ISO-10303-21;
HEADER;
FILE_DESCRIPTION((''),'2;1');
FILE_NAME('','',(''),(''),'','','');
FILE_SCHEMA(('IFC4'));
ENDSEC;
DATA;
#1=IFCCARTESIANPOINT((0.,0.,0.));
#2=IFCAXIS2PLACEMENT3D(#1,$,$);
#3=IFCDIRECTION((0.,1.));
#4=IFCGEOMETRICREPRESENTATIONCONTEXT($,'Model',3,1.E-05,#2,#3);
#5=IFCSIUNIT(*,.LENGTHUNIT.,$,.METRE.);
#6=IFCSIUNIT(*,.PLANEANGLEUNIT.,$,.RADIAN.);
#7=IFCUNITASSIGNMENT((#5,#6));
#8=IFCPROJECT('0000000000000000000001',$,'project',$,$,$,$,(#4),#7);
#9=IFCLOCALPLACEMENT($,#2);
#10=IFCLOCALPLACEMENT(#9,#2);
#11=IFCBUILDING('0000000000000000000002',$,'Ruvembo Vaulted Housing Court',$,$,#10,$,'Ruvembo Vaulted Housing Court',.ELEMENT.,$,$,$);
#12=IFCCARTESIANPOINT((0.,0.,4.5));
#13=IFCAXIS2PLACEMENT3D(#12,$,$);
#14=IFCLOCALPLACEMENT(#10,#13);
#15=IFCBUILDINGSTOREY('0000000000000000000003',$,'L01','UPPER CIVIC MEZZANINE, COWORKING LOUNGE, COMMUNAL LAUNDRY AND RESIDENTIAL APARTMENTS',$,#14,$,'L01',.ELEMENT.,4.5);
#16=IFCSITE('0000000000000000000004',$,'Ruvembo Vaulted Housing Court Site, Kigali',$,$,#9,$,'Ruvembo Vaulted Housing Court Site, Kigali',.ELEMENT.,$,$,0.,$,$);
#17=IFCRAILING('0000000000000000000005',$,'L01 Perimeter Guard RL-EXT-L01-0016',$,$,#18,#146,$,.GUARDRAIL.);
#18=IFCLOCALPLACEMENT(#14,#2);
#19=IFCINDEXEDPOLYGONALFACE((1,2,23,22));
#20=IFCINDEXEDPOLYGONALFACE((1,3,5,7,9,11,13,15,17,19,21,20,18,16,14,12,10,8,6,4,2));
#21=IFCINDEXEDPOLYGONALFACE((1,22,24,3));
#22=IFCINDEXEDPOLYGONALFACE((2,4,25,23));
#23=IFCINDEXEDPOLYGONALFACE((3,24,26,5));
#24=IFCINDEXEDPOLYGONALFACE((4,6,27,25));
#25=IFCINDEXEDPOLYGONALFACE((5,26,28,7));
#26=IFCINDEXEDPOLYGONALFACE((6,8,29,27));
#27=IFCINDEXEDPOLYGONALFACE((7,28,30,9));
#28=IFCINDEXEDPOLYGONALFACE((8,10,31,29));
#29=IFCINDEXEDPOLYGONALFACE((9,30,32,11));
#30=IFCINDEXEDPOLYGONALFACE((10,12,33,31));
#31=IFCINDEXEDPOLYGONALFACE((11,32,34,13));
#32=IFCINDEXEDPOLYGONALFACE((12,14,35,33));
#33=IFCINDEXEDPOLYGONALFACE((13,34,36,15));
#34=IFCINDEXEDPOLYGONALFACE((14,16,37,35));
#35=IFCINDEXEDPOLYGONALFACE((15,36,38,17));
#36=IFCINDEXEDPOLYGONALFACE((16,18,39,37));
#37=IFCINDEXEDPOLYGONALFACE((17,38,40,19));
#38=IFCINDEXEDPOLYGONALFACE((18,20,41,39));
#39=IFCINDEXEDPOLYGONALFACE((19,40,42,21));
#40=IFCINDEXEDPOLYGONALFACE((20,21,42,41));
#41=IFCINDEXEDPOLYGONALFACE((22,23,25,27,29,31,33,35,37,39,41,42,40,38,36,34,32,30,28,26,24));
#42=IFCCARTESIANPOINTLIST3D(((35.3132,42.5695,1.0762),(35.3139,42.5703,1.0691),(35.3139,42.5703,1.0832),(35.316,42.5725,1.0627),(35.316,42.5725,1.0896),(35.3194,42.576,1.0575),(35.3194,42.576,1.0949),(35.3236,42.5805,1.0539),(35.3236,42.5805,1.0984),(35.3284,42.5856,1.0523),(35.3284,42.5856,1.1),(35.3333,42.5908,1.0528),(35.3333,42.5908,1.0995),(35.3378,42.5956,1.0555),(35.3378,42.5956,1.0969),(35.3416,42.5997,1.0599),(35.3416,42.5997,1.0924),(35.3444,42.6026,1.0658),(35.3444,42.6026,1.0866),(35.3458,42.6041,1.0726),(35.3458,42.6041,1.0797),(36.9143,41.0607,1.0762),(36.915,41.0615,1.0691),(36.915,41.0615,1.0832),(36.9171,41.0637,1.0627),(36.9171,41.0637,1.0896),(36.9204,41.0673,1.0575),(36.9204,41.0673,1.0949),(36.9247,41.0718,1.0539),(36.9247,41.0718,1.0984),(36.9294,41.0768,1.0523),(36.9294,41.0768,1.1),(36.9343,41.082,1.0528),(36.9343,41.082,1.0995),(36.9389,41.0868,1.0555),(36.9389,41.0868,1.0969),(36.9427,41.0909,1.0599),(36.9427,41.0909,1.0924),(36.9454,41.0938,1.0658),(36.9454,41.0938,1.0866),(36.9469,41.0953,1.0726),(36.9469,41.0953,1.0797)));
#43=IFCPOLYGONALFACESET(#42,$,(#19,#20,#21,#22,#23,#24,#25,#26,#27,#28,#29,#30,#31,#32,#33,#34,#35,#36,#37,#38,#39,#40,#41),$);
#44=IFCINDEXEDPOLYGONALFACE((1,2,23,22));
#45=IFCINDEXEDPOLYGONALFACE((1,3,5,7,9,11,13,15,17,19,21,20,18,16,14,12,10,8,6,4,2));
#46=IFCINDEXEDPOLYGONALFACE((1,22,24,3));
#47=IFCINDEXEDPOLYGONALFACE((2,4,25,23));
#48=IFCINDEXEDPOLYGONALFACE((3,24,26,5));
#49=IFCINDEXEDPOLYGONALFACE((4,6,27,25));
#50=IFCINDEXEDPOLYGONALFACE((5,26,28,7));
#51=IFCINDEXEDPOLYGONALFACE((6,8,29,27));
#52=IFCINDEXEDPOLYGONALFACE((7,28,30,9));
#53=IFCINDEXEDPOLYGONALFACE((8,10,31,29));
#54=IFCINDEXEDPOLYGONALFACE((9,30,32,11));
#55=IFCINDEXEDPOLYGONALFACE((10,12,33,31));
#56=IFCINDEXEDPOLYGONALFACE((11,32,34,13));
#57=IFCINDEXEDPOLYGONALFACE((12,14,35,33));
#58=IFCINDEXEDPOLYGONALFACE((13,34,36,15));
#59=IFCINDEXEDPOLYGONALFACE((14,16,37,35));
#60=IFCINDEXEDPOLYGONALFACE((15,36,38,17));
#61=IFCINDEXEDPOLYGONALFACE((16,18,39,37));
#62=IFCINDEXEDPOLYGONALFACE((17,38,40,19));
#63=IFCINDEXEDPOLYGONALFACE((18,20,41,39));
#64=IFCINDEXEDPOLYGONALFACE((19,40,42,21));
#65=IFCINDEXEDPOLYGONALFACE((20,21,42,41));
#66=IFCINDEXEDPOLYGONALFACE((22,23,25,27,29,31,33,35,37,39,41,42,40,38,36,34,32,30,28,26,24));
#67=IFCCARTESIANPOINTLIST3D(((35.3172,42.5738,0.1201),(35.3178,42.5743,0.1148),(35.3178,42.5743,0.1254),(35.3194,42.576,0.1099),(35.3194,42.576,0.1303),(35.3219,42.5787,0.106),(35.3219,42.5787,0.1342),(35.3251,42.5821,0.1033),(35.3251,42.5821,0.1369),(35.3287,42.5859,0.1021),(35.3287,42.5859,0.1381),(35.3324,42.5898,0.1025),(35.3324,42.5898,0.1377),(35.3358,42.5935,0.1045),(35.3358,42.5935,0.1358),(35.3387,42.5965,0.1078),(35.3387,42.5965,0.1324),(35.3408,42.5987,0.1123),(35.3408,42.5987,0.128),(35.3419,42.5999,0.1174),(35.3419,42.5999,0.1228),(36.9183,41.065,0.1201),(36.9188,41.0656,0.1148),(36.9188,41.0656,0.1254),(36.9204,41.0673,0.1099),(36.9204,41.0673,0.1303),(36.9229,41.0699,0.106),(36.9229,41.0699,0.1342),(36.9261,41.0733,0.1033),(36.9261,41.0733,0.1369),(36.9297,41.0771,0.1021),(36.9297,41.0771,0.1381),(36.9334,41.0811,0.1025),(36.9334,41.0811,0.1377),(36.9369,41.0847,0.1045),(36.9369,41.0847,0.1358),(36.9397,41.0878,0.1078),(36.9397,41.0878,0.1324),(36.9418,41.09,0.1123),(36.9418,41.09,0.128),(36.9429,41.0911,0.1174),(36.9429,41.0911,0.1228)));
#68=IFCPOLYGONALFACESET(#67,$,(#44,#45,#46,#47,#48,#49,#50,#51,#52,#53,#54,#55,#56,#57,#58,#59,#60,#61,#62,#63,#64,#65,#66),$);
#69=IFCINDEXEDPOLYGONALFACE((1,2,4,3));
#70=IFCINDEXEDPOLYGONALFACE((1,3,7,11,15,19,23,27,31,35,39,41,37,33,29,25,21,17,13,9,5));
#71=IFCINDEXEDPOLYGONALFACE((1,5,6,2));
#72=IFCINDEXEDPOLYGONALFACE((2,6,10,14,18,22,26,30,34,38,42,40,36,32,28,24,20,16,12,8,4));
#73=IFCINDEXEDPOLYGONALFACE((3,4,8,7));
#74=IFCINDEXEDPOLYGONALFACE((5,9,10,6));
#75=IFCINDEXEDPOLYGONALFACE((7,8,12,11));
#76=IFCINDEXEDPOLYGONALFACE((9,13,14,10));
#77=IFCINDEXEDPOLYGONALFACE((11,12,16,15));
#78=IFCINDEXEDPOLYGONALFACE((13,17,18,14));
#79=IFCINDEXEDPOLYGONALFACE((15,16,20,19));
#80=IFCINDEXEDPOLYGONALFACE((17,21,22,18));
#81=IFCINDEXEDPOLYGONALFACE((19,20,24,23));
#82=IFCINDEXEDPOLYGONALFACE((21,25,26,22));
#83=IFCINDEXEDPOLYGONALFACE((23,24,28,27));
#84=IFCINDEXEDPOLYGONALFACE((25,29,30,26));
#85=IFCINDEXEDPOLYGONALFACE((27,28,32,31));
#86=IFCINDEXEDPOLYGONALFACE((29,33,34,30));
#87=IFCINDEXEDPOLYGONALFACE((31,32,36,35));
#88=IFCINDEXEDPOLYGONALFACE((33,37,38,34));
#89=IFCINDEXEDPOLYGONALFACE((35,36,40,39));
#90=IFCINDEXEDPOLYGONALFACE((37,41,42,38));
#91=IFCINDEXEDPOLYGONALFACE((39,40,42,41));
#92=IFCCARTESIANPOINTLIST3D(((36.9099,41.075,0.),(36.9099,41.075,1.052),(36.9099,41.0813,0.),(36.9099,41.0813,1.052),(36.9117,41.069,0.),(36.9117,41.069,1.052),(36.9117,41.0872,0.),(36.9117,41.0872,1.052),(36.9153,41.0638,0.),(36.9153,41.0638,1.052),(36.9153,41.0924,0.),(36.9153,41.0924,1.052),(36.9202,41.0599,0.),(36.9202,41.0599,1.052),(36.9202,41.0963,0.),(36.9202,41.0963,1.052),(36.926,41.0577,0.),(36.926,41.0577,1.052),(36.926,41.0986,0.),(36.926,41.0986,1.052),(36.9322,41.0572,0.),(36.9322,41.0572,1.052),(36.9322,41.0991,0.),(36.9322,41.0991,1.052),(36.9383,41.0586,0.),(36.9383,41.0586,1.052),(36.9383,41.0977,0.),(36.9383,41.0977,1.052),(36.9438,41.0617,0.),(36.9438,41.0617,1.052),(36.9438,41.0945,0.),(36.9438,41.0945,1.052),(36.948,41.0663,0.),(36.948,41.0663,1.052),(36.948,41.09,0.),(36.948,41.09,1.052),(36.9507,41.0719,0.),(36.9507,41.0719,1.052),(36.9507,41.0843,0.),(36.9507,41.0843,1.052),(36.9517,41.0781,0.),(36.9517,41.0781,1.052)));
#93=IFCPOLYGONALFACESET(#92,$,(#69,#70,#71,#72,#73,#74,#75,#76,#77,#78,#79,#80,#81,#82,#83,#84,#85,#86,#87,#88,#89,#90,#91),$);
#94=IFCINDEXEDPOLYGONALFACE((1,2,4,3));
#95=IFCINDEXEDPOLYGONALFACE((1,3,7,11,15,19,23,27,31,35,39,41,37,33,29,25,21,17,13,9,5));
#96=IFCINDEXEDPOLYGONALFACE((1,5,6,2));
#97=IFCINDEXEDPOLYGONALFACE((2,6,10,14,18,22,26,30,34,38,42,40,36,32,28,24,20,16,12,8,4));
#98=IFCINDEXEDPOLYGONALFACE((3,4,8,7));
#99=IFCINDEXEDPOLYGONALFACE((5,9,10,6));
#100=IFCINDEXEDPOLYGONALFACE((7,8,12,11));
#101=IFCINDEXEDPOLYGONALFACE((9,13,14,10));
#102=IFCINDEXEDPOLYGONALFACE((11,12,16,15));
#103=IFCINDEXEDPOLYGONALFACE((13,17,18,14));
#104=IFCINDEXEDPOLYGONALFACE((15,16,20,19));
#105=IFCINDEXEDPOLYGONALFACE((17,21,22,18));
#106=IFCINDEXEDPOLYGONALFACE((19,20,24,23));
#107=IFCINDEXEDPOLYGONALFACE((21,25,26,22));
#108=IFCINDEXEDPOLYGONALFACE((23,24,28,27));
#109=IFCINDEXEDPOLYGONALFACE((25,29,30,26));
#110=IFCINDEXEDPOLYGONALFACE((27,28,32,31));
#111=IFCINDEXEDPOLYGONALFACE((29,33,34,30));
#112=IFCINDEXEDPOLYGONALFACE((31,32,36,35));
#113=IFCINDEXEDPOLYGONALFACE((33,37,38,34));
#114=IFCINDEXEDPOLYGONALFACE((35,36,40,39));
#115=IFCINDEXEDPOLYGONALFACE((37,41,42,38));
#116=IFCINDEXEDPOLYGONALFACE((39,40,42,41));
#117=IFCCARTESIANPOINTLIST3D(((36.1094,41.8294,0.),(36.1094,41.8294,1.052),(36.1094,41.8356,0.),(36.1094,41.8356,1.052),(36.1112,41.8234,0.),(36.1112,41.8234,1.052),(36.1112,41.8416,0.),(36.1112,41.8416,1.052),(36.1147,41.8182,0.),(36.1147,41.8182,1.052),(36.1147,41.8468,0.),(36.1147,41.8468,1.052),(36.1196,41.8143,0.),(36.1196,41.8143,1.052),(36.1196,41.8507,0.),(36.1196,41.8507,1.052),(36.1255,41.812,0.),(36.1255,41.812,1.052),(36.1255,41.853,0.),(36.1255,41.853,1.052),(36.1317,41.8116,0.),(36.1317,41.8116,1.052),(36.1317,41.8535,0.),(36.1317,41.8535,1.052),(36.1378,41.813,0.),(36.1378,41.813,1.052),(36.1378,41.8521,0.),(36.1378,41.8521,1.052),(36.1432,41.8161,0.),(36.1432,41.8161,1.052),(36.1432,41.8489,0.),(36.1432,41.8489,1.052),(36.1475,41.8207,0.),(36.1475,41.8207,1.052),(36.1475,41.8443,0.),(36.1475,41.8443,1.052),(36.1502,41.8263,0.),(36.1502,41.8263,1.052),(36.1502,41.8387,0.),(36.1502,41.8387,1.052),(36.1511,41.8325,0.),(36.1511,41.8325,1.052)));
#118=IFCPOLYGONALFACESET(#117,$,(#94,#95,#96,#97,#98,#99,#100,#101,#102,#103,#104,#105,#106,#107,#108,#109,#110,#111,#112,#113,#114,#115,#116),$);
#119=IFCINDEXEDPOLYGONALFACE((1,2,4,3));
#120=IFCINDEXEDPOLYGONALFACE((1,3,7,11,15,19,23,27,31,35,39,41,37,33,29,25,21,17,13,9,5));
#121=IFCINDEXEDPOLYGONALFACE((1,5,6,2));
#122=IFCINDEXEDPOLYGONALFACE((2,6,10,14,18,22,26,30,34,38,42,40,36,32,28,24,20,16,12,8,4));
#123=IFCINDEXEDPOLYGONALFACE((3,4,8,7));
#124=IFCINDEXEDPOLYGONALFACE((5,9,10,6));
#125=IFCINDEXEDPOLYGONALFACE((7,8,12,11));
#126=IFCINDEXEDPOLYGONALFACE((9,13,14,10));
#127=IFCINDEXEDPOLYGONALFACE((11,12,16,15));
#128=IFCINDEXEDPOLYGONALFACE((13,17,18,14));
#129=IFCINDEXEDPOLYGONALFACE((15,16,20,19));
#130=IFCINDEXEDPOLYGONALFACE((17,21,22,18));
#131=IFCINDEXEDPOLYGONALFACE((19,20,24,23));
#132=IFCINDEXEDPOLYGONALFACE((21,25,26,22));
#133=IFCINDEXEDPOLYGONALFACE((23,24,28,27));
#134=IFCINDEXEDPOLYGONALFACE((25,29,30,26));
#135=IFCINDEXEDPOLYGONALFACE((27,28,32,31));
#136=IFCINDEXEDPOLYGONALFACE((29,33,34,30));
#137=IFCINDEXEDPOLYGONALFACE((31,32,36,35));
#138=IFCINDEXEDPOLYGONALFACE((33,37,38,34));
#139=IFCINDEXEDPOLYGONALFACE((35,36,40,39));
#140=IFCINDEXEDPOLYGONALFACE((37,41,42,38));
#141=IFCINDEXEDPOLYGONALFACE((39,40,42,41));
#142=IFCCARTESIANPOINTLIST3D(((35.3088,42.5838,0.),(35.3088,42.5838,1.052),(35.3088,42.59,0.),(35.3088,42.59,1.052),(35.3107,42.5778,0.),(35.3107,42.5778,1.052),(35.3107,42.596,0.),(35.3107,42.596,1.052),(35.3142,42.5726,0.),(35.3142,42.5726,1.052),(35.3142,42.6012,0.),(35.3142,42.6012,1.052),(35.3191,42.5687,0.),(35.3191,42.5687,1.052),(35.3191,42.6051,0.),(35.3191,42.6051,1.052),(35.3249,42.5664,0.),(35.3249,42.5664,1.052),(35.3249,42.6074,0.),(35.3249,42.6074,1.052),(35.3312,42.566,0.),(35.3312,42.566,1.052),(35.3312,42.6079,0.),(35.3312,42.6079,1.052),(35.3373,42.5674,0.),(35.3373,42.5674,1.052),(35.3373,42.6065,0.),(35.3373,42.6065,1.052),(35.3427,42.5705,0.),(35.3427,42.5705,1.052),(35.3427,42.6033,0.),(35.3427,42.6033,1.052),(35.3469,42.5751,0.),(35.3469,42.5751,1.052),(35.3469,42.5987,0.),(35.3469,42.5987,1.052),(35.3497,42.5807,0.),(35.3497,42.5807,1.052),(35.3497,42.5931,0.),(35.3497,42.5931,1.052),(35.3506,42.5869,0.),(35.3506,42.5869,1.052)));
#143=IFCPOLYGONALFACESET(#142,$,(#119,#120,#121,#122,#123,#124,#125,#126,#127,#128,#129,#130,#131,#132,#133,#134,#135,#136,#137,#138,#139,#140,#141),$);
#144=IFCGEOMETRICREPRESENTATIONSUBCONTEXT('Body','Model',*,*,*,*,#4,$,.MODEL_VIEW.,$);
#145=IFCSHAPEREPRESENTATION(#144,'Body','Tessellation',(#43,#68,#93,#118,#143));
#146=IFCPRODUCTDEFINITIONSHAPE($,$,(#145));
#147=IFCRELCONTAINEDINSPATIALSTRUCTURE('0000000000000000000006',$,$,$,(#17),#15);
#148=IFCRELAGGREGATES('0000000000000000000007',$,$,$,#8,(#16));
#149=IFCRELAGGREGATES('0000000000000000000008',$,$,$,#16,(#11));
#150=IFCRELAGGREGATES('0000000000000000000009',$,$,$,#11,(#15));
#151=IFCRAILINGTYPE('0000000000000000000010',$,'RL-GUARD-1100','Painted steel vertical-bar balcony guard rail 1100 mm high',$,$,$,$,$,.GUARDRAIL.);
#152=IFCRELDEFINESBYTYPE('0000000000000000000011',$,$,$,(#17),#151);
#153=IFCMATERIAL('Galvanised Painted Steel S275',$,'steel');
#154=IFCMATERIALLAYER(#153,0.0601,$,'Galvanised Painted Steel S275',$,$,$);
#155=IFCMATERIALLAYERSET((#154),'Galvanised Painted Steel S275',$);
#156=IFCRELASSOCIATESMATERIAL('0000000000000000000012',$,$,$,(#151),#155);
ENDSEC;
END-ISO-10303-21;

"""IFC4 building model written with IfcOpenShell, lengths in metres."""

from ifc_helpers import new_model, si_unit, direction, frame, origin, origin_2d, place, context, subcontext, project, spatial, circle, extrude, material, layer, layer_set, type_object, element, save


model = new_model("IFC4")

# Units and contexts
model_context = context("Model", 3, precision=1e-05, world=origin(), true_north=direction((0.0, 1.0)))
body_context = subcontext(model_context, "Body", "Model", "MODEL_VIEW")
ifc_project = project(units=[si_unit("LENGTHUNIT", "METRE"), si_unit("PLANEANGLEUNIT", "RADIAN")], contexts=[model_context])

# Site, building, storey
site_placement = place(None, origin())
site = spatial("IfcSite", under=ifc_project, at=site_placement, Name="Ruvembo Vaulted Housing Court Site, Kigali", LongName="Ruvembo Vaulted Housing Court Site, Kigali", CompositionType="ELEMENT", RefElevation=0.0)
building_placement = place(site_placement, origin())
building = spatial("IfcBuilding", under=site, at=building_placement, Name="Ruvembo Vaulted Housing Court", LongName="Ruvembo Vaulted Housing Court", CompositionType="ELEMENT")
storey_placement = place(building_placement, frame((0.0, 0.0, 4.5)))
storey = spatial("IfcBuildingStorey", under=building, at=storey_placement, Name="L01", Description="UPPER CIVIC MEZZANINE, COWORKING LOUNGE, COMMUNAL LAUNDRY AND RESIDENTIAL APARTMENTS", LongName="L01", CompositionType="ELEMENT", Elevation=4.5)

# Railing
ifc_material_1 = material(Name="Galvanised Painted Steel S275", Category="steel")
ifc_layer_1 = layer(ifc_material_1, 0.0601, Name="Galvanised Painted Steel S275")
ifc_layer_set_1 = layer_set([ifc_layer_1], Name="Galvanised Painted Steel S275")
railing_type = type_object("IfcRailingType", Name="RL-GUARD-1100", Description="Painted steel vertical-bar balcony guard rail 1100 mm high", PredefinedType="GUARDRAIL", material=ifc_layer_set_1)
railing_1_placement = place(storey_placement, frame((36.9307, 41.0781, 0.0)))
element("IfcRailing", 1, at=railing_1_placement, inside=storey, type_object=railing_type, Name="L01 Perimeter Guard RL-EXT-L01-0016", PredefinedType="GUARDRAIL", context=body_context, shape_type="SweptSolid", body=[
    extrude(circle(Radius=0.0239, at=origin_2d()), frame((0.0, 0.0, 1.0762), z_axis=(-0.72777, 0.685821, 0.0), x_axis=(-0.685821, -0.72777, 0.0)), (0.0, 0.0, 1.0), 2.2),
    extrude(circle(Radius=0.0181, at=origin_2d()), frame((0.0, 0.0, 0.1201), z_axis=(-0.72777, 0.685821, 0.0), x_axis=(-0.685821, -0.72777, 0.0)), (0.0, 0.0, 1.0), 2.2),
    extrude(circle(Radius=0.021, at=origin_2d()), origin(), (0.0, 0.0, 1.0), 1.052),
    extrude(circle(Radius=0.021, at=origin_2d()), frame((-0.8005, 0.7544, 0.0)), (0.0, 0.0, 1.0), 1.052),
    extrude(circle(Radius=0.021, at=origin_2d()), frame((-1.6011, 1.5088, 0.0)), (0.0, 0.0, 1.0), 1.052),
])

save(model, "model.ifc")
